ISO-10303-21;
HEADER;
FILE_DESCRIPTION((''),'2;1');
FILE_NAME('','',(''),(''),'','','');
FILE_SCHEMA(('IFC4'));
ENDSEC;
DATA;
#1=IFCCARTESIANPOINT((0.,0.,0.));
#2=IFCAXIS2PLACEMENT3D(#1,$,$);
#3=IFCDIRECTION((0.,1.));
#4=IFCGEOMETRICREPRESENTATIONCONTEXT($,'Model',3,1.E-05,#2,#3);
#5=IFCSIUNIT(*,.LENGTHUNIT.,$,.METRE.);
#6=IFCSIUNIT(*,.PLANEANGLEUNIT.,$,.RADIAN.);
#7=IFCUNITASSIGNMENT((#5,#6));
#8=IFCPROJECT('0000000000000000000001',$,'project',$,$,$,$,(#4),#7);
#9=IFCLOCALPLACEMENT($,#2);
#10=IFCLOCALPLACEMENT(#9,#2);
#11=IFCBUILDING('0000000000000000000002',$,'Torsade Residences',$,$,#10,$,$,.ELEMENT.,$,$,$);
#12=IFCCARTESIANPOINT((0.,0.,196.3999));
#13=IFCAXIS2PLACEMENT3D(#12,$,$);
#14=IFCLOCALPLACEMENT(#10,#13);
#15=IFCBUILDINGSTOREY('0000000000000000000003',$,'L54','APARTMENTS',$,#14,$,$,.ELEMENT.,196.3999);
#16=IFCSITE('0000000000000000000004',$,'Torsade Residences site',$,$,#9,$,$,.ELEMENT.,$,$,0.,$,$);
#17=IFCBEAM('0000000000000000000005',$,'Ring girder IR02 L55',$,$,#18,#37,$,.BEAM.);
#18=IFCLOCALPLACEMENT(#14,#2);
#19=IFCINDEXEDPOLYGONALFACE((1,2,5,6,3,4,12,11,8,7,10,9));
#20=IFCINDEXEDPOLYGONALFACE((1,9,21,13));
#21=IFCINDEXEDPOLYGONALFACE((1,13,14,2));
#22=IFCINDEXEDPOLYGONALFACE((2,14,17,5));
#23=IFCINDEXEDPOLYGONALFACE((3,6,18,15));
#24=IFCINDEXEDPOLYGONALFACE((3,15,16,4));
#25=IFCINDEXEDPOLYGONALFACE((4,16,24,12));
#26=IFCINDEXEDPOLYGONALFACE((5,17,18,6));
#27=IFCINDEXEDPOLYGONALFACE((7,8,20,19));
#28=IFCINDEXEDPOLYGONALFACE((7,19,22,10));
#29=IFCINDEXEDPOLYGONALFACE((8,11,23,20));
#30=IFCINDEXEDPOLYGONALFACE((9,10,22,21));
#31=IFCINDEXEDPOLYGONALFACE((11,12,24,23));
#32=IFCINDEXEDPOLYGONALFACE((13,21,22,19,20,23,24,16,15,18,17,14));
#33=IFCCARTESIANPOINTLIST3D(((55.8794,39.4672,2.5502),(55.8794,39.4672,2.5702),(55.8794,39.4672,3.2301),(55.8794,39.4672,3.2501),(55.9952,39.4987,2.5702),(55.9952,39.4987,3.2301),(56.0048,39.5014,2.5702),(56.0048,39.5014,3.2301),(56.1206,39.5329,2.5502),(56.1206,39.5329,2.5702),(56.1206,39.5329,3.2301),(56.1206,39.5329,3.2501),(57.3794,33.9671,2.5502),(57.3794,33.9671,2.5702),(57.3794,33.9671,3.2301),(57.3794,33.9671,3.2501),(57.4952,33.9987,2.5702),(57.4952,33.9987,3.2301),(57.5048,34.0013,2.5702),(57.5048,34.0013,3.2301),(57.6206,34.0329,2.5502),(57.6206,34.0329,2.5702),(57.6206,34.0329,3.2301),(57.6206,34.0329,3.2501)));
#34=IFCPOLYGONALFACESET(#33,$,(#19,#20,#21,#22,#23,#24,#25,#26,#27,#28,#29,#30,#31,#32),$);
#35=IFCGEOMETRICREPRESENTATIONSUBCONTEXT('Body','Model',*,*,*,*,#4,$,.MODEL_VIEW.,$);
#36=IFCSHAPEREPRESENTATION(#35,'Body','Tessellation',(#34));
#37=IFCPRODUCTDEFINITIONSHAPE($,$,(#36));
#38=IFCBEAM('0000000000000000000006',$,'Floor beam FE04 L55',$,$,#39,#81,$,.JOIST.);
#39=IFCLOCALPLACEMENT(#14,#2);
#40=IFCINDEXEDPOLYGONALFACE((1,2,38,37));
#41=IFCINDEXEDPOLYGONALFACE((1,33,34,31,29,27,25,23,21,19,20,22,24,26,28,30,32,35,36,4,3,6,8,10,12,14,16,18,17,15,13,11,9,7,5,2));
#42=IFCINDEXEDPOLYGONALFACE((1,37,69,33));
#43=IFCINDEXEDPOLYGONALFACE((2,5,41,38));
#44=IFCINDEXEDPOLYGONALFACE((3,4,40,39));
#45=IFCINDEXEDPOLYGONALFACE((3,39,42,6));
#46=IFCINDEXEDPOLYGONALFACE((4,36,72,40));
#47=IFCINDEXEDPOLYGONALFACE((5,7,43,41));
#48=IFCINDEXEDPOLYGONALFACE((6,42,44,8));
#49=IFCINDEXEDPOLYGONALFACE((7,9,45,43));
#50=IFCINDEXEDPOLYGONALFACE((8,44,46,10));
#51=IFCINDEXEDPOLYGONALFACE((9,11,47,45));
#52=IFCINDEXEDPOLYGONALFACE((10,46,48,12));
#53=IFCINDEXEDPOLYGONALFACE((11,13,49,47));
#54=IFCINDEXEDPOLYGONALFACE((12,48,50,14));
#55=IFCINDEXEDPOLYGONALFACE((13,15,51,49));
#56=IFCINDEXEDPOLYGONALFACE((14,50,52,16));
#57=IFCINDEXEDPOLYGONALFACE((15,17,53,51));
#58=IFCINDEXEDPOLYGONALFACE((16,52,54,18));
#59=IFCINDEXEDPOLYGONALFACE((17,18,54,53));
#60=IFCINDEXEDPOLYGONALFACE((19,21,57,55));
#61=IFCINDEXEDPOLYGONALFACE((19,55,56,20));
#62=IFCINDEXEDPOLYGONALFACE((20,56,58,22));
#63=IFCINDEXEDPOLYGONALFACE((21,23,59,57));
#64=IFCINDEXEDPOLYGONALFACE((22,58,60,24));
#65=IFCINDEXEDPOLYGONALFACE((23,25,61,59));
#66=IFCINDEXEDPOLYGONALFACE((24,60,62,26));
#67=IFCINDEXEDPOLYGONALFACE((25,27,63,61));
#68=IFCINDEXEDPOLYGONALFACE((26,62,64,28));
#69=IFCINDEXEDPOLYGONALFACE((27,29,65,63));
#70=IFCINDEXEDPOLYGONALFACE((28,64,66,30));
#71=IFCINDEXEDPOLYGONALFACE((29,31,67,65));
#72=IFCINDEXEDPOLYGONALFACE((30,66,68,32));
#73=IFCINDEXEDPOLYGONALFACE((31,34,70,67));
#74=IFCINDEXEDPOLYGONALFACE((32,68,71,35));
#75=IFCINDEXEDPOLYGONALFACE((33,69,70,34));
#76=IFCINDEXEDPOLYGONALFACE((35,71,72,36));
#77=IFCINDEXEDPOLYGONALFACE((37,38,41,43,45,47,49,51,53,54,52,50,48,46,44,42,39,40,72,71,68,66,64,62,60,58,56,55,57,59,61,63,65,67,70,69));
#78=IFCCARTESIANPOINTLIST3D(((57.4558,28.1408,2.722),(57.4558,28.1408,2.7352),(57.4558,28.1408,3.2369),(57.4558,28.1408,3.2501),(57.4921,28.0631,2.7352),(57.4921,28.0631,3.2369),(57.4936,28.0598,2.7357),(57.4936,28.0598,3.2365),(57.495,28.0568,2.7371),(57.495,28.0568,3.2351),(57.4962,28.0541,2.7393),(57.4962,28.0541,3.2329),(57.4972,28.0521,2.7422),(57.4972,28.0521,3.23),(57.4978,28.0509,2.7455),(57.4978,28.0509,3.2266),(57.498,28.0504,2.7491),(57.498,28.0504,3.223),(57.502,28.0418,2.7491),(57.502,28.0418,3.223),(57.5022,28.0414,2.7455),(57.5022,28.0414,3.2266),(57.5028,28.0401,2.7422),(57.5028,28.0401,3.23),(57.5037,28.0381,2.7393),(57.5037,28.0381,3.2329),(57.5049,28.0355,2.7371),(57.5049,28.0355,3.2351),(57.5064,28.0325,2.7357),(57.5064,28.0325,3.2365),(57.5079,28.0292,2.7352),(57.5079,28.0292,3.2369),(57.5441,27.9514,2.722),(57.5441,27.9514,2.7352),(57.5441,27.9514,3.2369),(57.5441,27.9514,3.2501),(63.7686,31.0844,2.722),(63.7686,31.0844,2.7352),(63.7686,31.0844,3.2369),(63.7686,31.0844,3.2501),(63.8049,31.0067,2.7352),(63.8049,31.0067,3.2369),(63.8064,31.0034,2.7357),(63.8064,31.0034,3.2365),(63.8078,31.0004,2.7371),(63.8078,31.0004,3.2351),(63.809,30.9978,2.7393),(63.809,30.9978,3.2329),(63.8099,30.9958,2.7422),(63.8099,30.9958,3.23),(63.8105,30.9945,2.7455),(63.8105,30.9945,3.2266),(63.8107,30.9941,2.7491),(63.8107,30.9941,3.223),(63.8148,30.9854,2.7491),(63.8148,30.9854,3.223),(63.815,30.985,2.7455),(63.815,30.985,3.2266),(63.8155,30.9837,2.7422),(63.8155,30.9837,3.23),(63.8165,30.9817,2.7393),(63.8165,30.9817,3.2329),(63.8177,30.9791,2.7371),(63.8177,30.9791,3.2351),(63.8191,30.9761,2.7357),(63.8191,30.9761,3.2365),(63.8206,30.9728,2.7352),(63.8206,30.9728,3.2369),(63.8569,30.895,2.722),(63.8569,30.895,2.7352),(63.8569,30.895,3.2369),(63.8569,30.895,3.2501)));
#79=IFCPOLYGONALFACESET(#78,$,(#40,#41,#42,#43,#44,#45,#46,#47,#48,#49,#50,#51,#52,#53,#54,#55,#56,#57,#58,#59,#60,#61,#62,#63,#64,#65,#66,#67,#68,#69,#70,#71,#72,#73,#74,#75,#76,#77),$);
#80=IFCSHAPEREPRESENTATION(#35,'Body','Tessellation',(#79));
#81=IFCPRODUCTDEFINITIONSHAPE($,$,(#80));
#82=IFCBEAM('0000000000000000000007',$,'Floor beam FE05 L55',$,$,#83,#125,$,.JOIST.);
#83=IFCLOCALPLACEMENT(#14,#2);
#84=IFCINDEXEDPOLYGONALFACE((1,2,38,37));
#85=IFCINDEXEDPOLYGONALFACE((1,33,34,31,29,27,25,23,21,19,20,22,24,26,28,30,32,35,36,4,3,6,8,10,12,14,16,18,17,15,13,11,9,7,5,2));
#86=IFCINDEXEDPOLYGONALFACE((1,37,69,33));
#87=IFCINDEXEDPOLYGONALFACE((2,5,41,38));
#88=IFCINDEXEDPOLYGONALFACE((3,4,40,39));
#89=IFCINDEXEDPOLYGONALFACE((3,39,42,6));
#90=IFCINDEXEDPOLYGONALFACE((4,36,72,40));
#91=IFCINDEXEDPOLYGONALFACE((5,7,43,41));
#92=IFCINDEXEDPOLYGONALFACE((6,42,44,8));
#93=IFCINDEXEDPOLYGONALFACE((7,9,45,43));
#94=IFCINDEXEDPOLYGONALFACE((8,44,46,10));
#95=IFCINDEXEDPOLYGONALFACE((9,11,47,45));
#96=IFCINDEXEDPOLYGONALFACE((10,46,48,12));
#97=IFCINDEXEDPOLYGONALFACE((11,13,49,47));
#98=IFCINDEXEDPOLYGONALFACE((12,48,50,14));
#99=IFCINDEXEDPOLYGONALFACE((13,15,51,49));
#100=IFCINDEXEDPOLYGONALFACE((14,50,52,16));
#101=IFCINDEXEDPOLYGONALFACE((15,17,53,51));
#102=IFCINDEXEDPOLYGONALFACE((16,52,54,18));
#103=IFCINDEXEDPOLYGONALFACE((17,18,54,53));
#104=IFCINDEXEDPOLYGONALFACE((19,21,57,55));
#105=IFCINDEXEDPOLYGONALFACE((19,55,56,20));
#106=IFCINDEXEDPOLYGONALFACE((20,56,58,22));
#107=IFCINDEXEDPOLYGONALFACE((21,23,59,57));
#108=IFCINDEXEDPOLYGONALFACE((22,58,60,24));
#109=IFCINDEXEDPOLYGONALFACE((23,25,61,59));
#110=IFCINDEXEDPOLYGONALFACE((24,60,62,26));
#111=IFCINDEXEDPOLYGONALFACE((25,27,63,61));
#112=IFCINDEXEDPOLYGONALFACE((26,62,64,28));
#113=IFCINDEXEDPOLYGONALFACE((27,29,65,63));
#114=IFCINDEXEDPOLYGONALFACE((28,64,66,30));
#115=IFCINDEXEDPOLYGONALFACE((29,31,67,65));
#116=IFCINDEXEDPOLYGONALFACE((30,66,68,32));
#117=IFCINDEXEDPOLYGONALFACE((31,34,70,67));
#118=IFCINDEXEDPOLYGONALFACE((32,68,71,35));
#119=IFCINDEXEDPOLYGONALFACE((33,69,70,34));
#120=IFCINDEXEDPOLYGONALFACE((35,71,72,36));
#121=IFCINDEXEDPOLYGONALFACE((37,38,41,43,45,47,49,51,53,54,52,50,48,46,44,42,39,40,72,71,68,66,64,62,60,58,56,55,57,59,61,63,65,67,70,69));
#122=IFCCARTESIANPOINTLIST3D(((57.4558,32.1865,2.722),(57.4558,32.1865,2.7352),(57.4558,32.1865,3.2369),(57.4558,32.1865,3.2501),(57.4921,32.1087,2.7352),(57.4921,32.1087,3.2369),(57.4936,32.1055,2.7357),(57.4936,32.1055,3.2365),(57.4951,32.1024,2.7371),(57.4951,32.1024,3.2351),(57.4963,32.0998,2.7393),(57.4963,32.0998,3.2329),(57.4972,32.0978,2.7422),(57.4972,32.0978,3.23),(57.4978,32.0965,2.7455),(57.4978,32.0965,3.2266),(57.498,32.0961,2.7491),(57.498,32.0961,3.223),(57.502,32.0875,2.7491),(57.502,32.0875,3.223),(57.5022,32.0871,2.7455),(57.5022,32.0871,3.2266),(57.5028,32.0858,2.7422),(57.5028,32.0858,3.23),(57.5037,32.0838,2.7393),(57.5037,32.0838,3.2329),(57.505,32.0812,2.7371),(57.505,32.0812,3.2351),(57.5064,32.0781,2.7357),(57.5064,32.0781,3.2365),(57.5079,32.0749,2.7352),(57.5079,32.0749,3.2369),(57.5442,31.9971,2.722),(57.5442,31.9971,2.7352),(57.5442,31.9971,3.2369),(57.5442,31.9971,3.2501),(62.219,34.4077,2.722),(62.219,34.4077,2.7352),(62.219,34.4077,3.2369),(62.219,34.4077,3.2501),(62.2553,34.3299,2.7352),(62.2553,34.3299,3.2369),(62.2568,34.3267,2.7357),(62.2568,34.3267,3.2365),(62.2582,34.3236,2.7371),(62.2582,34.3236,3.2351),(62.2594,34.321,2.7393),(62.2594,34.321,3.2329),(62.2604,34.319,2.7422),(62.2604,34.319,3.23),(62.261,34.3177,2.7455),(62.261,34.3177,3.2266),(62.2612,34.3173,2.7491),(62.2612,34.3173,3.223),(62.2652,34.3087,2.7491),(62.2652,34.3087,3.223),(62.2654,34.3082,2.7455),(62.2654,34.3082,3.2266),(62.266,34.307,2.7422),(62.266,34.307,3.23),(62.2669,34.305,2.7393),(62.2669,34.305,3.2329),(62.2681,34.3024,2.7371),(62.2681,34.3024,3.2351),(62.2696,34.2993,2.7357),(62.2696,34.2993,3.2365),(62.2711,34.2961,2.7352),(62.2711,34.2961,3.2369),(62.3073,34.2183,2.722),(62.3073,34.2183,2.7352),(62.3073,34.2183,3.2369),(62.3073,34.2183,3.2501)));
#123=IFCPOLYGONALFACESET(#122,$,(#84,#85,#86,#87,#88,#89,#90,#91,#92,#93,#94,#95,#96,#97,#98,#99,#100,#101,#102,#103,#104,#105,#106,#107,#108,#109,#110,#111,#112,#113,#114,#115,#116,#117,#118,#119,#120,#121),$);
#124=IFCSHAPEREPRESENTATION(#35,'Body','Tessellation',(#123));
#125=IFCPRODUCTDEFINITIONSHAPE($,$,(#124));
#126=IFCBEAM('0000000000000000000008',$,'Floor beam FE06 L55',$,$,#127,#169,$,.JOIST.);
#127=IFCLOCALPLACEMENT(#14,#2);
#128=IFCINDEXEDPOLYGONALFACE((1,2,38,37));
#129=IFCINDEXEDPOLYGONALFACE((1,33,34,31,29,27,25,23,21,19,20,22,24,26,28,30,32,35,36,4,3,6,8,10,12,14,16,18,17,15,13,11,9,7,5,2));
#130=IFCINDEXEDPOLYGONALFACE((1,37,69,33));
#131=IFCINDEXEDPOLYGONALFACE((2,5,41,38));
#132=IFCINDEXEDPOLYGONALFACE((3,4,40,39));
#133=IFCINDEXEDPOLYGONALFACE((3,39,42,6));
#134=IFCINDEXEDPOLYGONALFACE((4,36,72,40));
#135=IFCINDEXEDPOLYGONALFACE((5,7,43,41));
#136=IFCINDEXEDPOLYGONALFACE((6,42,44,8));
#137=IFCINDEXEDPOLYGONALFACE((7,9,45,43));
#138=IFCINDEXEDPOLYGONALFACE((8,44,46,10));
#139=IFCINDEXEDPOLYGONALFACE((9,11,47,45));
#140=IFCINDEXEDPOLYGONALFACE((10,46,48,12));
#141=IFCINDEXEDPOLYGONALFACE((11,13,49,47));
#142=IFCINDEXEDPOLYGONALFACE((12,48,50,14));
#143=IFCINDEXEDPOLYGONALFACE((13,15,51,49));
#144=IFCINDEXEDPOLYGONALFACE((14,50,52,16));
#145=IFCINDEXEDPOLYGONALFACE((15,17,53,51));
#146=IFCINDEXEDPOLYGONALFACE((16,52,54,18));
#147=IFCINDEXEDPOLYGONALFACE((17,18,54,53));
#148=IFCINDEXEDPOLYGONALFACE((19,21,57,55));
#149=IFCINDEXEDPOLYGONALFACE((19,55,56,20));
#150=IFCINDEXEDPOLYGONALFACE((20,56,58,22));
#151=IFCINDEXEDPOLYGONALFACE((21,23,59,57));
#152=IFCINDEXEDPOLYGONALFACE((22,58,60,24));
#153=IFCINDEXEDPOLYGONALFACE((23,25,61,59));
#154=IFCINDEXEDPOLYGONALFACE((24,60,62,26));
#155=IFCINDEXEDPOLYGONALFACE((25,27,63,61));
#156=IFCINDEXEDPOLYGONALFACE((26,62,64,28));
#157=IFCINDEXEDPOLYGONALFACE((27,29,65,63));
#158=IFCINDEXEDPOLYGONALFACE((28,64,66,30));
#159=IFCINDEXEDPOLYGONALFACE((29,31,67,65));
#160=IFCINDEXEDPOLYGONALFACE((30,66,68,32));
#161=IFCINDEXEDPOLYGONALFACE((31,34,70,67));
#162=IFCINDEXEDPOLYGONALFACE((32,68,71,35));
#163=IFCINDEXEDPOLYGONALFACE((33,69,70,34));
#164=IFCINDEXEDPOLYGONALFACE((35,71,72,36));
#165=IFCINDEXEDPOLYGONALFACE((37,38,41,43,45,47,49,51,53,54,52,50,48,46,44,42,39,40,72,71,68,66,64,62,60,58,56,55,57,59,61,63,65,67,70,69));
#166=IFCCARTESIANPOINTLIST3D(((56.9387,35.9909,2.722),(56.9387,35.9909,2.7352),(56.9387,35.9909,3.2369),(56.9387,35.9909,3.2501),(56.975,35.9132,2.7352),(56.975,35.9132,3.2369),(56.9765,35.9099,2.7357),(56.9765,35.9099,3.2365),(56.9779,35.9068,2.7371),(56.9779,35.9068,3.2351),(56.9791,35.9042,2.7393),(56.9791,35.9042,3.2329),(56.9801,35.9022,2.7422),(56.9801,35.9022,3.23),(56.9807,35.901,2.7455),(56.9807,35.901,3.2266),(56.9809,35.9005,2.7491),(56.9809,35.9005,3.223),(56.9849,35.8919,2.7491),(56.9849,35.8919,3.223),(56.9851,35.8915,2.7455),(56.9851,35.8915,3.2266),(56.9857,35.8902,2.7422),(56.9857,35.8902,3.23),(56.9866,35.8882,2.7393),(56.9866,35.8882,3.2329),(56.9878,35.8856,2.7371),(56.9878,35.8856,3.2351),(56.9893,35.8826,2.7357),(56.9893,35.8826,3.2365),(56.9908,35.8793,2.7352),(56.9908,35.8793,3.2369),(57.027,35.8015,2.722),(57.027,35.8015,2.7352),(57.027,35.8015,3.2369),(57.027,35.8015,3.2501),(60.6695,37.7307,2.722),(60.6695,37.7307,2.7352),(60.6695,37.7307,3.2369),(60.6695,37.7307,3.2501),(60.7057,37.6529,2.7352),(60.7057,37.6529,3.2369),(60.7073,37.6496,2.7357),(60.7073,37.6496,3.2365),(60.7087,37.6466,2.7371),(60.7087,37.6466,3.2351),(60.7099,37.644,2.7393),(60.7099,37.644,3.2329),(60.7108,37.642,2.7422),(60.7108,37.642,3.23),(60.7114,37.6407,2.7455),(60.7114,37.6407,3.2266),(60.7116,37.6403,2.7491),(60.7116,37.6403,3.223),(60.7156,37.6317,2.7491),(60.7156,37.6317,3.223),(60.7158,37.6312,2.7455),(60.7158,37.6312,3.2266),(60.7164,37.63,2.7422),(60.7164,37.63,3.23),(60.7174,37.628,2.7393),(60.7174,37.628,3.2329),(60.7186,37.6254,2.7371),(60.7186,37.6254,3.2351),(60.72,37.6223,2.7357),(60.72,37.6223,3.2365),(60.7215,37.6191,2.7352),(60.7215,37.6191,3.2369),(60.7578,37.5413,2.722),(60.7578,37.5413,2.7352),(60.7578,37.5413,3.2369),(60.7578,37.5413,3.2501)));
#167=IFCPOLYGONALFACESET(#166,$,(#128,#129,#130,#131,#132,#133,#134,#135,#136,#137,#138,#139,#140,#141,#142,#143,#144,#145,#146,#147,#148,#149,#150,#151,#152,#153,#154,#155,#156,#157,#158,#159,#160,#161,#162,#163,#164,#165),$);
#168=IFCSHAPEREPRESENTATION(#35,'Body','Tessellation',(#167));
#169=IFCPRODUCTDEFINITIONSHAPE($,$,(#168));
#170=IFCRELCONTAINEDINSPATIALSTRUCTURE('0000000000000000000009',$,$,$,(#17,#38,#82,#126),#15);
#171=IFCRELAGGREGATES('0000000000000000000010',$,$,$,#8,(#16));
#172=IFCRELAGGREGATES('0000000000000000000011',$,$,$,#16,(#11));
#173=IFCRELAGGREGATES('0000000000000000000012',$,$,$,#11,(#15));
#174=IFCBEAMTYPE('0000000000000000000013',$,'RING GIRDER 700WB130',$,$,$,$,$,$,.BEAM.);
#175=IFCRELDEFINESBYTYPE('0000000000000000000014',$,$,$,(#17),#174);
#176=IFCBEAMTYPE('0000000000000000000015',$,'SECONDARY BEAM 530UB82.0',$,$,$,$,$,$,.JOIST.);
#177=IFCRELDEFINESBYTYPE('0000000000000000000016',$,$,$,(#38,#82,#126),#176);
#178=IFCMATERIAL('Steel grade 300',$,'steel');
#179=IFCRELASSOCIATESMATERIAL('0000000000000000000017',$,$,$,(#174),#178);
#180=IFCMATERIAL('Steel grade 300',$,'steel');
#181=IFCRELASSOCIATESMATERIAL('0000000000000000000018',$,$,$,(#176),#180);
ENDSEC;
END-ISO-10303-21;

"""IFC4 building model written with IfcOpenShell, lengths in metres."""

from ifc_helpers import new_model, si_unit, direction, frame, origin, origin_2d, place, context, subcontext, project, spatial, i_section, extrude, material, material_profile, profile_set, type_object, element, save


model = new_model("IFC4")

# Units and contexts
model_context = context("Model", 3, precision=1e-05, world=origin(), true_north=direction((0.0, 1.0)))
body_context = subcontext(model_context, "Body", "Model", "MODEL_VIEW")
ifc_project = project(units=[si_unit("LENGTHUNIT", "METRE"), si_unit("PLANEANGLEUNIT", "RADIAN")], contexts=[model_context])

# Site, building, storey
site_placement = place(None, origin())
site = spatial("IfcSite", under=ifc_project, at=site_placement, Name="Torsade Residences site", CompositionType="ELEMENT", RefElevation=0.0)
building_placement = place(site_placement, origin())
building = spatial("IfcBuilding", under=site, at=building_placement, Name="Torsade Residences", CompositionType="ELEMENT")
storey_placement = place(building_placement, frame((0.0, 0.0, 196.3999)))
storey = spatial("IfcBuildingStorey", under=building, at=storey_placement, Name="L54", Description="APARTMENTS", CompositionType="ELEMENT", Elevation=196.3999)

# Beams
ifc_material_1 = material(Name="Steel grade 300", Category="steel")
ifc_material_profile_1 = material_profile(ifc_material_1, i_section(OverallWidth=0.25, OverallDepth=0.7, WebThickness=0.01, FlangeThickness=0.02, at=origin_2d()), Name="700WB130")
ifc_profile_set_1 = profile_set([ifc_material_profile_1], Name="Steel grade 300")
beam_type_1 = type_object("IfcBeamType", Name="RING GIRDER 700WB130", PredefinedType="BEAM", material=ifc_profile_set_1)
beam_1_placement = place(storey_placement, frame((57.5, 34.0, 2.9001), z_axis=(-0.263117, 0.964764, 0.0), x_axis=(-0.964764, -0.263117, 0.0)))
element("IfcBeam", 1, at=beam_1_placement, inside=storey, type_object=beam_type_1, Name="Ring girder IR02 L55", PredefinedType="BEAM", context=body_context, shape_type="SweptSolid", body=[
    extrude(i_section(OverallWidth=0.25, OverallDepth=0.7, WebThickness=0.01, FlangeThickness=0.02, at=origin_2d()), origin(), (0.0, 0.0, 1.0), 5.7009),
])
ifc_material_2 = material(Name="Steel grade 300", Category="steel")
ifc_material_profile_2 = material_profile(ifc_material_2, i_section(OverallWidth=0.209, OverallDepth=0.5281, WebThickness=0.0095, FlangeThickness=0.0132, FilletRadius=0.0139, at=origin_2d()), Name="530UB82.0")
ifc_profile_set_2 = profile_set([ifc_material_profile_2], Name="Steel grade 300")
beam_type_2 = type_object("IfcBeamType", Name="SECONDARY BEAM 530UB82.0", PredefinedType="JOIST", material=ifc_profile_set_2)
beam_2_placement = place(storey_placement, frame((63.8127, 30.9897, 2.9861), z_axis=(-0.906312, -0.422609, 0.0), x_axis=(0.422609, -0.906312, 0.0)))
element("IfcBeam", 2, at=beam_2_placement, inside=storey, type_object=beam_type_2, Name="Floor beam FE04 L55", PredefinedType="JOIST", context=body_context, shape_type="SweptSolid", body=[
    extrude(i_section(OverallWidth=0.209, OverallDepth=0.5281, WebThickness=0.0095, FlangeThickness=0.0132, FilletRadius=0.0139, at=origin_2d()), origin(), (0.0, 0.0, 1.0), 6.9653),
])
beam_3_placement = place(storey_placement, frame((62.2632, 34.313, 2.9861), z_axis=(-0.906302, -0.422631, 0.0), x_axis=(0.422631, -0.906302, 0.0)))
element("IfcBeam", 3, at=beam_3_placement, inside=storey, type_object=beam_type_2, Name="Floor beam FE05 L55", PredefinedType="JOIST", context=body_context, shape_type="SweptSolid", body=[
    extrude(i_section(OverallWidth=0.209, OverallDepth=0.5281, WebThickness=0.0095, FlangeThickness=0.0132, FilletRadius=0.0139, at=origin_2d()), origin(), (0.0, 0.0, 1.0), 5.2556),
])
beam_4_placement = place(storey_placement, frame((60.7136, 37.636, 2.9861), z_axis=(-0.9063, -0.422635, 0.0), x_axis=(0.422635, -0.9063, 0.0)))
element("IfcBeam", 4, at=beam_4_placement, inside=storey, type_object=beam_type_2, Name="Floor beam FE06 L55", PredefinedType="JOIST", context=body_context, shape_type="SweptSolid", body=[
    extrude(i_section(OverallWidth=0.209, OverallDepth=0.5281, WebThickness=0.0095, FlangeThickness=0.0132, FilletRadius=0.0139, at=origin_2d()), origin(), (0.0, 0.0, 1.0), 4.1165),
])

save(model, "model.ifc")
